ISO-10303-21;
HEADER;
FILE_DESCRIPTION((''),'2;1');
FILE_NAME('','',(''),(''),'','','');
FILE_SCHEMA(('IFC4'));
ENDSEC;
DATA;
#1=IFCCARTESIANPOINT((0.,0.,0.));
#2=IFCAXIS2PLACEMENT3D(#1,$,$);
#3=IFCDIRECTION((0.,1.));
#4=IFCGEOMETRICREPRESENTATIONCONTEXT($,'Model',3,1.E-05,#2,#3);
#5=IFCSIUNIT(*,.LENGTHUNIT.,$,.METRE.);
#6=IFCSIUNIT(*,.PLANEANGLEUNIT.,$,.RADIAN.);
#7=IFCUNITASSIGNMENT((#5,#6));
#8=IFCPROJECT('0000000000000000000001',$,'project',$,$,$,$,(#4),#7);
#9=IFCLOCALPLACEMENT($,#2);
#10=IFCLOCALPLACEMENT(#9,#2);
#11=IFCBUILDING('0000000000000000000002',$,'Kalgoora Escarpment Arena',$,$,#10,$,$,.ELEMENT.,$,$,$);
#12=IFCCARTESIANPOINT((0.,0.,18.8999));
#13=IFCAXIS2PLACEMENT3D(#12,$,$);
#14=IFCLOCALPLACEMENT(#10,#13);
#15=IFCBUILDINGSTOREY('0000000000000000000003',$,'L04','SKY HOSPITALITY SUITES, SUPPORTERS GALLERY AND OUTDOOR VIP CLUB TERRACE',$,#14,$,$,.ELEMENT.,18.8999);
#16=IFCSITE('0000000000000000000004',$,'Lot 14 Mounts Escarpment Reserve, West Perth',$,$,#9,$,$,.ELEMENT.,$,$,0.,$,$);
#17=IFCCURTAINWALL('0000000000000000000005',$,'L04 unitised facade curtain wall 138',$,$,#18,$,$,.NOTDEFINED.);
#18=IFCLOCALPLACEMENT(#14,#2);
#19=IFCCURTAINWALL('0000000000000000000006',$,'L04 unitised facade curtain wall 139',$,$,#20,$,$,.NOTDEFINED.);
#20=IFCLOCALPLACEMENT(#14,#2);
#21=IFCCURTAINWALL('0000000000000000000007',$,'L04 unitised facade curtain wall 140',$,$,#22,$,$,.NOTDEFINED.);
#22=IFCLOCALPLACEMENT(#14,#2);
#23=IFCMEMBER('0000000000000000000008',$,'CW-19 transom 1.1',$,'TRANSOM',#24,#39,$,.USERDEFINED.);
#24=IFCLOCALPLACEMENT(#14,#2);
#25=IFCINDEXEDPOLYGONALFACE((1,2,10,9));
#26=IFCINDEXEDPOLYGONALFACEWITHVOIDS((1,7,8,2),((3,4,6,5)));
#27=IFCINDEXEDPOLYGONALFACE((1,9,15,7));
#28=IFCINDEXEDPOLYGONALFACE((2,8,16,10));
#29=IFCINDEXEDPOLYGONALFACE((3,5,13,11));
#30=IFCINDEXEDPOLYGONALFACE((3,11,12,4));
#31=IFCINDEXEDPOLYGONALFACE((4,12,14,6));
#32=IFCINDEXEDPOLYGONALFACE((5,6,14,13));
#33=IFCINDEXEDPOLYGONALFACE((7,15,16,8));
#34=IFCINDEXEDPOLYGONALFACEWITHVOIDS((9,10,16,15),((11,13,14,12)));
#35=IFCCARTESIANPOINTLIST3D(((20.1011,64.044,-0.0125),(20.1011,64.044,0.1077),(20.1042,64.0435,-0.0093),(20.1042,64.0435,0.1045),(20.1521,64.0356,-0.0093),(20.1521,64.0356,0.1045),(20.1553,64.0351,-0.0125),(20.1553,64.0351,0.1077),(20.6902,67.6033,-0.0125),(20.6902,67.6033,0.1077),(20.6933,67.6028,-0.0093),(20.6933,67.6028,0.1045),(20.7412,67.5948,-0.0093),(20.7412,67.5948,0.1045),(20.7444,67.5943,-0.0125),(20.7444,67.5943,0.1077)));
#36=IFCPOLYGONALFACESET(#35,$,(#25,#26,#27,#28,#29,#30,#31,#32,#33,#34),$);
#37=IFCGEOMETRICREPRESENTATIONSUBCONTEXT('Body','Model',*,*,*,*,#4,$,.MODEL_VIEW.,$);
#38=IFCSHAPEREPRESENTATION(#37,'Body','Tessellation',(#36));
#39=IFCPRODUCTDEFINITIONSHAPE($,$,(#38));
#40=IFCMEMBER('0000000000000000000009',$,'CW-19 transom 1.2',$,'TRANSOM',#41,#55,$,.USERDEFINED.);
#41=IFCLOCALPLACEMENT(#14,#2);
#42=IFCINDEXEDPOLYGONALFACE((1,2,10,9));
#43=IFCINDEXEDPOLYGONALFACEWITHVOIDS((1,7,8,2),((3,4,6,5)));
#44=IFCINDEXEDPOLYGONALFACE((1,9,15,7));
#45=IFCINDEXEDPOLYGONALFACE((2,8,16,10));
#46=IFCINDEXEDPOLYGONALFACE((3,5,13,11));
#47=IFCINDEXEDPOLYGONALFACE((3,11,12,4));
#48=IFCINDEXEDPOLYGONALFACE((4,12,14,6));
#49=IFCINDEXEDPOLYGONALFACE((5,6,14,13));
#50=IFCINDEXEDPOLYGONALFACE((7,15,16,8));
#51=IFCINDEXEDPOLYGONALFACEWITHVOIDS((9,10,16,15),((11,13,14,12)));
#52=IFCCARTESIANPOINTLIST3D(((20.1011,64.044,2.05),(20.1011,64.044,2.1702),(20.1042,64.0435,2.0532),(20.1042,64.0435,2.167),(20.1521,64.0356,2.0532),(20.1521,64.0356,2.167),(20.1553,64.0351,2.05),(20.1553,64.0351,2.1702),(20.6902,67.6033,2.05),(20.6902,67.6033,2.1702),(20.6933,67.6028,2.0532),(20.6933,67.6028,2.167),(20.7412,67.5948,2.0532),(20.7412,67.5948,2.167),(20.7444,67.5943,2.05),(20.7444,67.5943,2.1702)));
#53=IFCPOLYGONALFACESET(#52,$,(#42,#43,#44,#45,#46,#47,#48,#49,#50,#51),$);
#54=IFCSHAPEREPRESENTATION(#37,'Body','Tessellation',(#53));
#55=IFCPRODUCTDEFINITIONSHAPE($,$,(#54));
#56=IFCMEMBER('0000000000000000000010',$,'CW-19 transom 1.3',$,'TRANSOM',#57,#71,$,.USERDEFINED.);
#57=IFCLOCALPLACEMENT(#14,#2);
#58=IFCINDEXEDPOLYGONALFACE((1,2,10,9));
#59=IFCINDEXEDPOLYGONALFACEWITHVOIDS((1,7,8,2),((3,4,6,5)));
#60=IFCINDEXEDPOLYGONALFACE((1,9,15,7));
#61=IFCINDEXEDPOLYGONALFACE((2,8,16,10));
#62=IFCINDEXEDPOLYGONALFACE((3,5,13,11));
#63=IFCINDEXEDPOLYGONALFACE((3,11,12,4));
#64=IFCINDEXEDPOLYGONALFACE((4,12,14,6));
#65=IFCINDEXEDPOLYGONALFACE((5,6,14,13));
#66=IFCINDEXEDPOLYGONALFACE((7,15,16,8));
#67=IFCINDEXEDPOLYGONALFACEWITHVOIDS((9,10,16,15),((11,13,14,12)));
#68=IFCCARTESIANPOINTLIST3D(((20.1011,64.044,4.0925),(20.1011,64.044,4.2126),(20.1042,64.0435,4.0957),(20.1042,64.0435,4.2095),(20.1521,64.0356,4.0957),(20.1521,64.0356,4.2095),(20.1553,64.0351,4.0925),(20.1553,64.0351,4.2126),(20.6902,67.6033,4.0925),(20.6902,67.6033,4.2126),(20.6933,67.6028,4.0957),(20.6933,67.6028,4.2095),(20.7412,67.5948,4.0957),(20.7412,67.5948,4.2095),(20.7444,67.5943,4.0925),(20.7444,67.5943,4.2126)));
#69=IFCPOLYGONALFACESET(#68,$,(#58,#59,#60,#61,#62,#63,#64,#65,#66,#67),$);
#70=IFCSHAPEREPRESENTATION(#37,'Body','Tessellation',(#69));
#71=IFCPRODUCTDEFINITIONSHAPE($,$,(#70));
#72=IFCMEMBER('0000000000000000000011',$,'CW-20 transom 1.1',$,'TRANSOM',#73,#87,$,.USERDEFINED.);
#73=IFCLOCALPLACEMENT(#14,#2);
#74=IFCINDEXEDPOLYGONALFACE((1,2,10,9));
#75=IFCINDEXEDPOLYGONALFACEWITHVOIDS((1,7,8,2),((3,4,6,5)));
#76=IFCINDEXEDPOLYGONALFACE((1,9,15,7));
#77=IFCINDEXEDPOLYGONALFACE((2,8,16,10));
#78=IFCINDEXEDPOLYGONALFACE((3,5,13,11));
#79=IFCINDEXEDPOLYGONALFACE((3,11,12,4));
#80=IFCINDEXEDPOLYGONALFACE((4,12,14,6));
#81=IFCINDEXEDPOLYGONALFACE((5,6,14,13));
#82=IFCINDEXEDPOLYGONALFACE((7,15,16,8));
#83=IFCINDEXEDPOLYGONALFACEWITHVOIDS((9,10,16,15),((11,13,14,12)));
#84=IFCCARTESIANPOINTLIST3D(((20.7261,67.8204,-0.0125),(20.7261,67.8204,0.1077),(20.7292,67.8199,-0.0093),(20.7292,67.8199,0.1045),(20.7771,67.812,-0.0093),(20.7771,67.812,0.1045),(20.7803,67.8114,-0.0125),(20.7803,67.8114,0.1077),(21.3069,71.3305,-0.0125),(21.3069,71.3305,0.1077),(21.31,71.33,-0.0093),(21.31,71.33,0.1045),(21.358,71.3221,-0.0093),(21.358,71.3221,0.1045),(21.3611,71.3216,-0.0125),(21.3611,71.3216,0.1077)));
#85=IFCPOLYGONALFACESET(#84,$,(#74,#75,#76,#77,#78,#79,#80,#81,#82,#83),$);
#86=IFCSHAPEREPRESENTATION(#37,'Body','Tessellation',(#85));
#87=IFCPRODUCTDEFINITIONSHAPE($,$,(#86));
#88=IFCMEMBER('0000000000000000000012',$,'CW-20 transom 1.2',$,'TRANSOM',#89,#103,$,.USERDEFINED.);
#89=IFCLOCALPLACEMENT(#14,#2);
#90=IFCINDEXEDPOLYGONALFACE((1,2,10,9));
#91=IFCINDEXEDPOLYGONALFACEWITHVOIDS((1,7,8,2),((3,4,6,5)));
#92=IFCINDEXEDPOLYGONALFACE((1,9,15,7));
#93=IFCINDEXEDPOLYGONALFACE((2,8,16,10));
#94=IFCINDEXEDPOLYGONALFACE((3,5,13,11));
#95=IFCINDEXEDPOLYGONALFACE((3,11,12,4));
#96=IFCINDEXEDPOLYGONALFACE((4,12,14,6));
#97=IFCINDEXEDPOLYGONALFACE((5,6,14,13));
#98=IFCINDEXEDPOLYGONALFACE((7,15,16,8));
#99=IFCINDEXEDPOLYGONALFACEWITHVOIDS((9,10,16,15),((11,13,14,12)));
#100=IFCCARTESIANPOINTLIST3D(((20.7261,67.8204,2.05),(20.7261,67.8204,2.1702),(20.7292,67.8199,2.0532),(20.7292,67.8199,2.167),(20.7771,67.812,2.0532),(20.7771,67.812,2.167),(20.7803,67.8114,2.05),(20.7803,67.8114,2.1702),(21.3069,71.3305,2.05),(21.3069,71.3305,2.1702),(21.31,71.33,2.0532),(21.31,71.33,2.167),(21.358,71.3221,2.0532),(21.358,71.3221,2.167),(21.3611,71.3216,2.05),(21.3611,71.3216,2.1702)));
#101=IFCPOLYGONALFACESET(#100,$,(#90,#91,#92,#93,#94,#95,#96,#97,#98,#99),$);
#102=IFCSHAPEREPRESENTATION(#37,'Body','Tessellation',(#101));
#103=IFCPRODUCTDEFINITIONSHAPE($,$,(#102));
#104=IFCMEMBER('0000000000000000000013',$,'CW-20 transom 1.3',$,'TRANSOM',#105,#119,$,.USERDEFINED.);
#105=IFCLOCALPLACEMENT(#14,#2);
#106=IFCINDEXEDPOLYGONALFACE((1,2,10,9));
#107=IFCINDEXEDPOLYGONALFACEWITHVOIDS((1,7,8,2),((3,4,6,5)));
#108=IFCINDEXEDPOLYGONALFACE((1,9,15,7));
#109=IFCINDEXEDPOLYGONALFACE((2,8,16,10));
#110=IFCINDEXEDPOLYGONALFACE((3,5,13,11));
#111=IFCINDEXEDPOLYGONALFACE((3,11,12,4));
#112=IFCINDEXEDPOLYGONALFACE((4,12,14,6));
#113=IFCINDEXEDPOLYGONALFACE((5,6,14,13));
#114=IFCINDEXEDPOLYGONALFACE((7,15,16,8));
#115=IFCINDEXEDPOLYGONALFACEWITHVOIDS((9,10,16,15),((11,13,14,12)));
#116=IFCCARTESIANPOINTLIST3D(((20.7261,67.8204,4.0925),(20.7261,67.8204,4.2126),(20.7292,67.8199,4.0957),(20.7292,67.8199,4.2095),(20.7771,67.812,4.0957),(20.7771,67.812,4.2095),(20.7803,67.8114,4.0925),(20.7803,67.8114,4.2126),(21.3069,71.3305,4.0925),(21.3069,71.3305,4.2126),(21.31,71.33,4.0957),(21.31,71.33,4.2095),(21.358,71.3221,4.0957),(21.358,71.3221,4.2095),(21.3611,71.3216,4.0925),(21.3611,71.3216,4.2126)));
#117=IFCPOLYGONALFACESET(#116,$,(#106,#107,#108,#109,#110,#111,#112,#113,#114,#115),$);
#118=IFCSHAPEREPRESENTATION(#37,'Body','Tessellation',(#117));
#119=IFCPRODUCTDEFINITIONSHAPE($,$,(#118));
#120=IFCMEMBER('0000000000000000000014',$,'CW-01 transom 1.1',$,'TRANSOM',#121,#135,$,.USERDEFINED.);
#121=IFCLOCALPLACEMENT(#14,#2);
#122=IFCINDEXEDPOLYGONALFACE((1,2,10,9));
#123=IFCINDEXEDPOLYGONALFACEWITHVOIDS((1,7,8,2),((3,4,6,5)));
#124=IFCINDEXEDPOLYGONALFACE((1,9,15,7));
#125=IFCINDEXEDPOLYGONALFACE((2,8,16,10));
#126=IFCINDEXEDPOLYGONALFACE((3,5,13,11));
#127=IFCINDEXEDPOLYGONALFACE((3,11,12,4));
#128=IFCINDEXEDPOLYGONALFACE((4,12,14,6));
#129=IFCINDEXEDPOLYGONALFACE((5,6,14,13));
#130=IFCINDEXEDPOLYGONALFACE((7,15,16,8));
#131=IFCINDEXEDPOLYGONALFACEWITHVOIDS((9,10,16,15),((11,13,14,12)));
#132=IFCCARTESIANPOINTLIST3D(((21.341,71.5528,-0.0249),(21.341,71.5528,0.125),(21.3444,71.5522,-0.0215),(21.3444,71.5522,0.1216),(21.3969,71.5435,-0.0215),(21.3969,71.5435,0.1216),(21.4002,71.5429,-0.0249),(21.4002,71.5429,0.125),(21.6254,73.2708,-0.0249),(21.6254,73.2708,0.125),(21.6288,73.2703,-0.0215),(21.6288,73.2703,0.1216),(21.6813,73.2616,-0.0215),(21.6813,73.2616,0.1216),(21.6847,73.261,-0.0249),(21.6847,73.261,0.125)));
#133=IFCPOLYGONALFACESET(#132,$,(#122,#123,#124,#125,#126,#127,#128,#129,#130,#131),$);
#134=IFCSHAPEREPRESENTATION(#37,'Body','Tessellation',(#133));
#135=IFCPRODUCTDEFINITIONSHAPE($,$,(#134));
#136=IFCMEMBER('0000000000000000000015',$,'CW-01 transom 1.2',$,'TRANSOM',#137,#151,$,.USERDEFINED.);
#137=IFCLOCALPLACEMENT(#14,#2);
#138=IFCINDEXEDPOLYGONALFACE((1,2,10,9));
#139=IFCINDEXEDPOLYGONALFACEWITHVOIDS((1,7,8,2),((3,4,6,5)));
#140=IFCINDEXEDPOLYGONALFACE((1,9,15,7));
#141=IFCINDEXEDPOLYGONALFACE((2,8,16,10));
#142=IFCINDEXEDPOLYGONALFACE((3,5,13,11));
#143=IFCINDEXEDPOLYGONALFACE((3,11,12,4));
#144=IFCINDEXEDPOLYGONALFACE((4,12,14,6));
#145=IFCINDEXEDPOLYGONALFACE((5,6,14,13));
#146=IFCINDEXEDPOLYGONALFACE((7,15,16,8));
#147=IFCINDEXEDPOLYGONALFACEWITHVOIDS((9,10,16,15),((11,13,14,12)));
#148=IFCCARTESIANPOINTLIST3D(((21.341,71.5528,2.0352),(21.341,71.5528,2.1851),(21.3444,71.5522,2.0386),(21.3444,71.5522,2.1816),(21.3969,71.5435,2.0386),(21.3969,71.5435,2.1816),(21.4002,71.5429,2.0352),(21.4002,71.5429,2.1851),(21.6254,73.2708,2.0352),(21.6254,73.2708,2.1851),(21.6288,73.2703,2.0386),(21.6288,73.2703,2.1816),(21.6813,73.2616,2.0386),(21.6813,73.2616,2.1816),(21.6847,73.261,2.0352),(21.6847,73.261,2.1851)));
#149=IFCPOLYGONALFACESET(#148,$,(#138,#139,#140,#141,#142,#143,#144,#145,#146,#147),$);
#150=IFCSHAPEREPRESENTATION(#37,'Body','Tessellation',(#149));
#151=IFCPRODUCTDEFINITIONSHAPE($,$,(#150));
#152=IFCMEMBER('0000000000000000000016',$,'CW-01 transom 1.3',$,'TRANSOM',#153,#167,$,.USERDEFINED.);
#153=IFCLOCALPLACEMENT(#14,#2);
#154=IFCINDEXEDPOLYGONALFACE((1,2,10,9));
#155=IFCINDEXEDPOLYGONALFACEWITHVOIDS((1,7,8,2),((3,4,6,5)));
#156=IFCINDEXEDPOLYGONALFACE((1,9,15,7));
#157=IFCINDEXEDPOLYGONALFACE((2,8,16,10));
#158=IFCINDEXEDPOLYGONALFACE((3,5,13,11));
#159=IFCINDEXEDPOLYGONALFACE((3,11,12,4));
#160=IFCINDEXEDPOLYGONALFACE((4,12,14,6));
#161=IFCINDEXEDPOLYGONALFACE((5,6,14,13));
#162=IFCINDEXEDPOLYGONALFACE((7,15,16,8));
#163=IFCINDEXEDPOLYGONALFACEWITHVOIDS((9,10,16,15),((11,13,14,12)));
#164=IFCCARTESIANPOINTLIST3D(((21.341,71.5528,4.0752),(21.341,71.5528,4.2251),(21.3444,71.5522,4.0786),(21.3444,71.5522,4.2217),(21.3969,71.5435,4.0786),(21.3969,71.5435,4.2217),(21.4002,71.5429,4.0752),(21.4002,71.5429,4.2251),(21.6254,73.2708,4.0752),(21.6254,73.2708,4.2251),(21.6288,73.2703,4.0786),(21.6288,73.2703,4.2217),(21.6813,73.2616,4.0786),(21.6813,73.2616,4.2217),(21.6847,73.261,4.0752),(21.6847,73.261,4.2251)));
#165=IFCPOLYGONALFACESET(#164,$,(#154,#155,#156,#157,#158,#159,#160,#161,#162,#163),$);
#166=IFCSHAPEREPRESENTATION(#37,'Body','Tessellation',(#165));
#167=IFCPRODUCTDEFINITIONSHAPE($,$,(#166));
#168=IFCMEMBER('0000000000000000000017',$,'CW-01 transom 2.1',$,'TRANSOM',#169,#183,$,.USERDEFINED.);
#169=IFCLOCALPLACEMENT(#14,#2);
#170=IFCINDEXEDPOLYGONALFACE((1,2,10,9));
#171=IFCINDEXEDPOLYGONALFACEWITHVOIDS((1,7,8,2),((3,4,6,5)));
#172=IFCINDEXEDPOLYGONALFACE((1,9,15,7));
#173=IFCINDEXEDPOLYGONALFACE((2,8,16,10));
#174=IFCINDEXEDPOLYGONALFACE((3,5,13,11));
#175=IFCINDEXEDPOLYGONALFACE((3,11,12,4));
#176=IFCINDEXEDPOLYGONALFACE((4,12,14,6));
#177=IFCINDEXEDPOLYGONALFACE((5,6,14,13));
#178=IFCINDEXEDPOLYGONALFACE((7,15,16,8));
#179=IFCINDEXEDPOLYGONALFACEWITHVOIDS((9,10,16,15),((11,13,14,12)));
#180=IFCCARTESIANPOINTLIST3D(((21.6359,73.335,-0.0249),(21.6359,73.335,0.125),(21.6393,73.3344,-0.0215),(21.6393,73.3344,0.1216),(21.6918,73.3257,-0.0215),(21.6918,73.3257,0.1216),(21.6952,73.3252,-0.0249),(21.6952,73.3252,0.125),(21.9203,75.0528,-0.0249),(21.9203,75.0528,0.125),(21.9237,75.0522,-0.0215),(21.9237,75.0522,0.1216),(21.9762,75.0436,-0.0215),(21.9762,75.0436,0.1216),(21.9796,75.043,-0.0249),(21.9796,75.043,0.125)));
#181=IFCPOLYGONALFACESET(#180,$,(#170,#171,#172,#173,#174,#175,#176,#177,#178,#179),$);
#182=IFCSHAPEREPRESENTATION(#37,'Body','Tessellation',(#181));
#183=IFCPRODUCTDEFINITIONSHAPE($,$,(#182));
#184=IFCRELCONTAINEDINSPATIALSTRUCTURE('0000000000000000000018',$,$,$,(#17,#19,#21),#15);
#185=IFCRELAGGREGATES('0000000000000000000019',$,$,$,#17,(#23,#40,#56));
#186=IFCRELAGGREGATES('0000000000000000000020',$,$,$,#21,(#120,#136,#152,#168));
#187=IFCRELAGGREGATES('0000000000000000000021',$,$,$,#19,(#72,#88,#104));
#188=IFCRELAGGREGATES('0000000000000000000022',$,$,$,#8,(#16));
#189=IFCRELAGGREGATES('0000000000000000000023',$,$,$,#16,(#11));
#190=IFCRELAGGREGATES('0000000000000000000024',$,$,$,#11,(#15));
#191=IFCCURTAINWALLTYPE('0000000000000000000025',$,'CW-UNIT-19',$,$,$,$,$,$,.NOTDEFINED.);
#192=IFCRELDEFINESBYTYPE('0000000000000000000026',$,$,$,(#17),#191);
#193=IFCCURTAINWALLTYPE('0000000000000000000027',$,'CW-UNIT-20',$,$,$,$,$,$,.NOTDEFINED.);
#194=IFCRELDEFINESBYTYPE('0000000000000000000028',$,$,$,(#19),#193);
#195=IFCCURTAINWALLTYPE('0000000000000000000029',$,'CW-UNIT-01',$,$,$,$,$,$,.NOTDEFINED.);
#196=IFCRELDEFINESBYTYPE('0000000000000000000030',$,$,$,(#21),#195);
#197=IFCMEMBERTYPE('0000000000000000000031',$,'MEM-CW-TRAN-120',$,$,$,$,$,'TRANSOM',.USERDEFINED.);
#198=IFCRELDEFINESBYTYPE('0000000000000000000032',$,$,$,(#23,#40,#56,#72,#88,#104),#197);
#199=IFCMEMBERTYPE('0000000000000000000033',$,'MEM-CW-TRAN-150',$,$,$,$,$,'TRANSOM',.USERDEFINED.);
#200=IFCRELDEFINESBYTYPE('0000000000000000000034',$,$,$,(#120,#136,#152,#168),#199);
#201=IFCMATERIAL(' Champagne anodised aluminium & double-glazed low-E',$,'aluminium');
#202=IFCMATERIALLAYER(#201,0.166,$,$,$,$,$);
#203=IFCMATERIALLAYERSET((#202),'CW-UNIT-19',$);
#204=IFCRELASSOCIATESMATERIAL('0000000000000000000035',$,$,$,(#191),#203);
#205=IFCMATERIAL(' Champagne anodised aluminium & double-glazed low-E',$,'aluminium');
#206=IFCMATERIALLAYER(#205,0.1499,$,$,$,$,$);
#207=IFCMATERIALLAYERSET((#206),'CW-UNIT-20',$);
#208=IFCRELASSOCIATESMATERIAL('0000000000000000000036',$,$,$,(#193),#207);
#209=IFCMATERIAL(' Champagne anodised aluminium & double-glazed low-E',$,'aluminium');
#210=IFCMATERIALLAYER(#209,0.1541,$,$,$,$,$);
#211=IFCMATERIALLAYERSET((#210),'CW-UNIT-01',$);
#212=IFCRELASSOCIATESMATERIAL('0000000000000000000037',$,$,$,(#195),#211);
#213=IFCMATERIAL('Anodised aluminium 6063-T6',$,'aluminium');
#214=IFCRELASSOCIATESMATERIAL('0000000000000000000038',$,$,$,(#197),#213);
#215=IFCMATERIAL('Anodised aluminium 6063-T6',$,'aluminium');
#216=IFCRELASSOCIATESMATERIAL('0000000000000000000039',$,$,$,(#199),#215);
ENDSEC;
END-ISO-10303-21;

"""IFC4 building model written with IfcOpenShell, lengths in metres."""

from ifc_helpers import new_model, si_unit, direction, frame, origin, origin_2d, place, context, subcontext, project, spatial, hollow_rectangle, extrude, material, layer, layer_set, material_profile, profile_set, type_object, element, aggregate, save


model = new_model("IFC4")

# Units and contexts
model_context = context("Model", 3, precision=1e-05, world=origin(), true_north=direction((0.0, 1.0)))
body_context = subcontext(model_context, "Body", "Model", "MODEL_VIEW")
ifc_project = project(units=[si_unit("LENGTHUNIT", "METRE"), si_unit("PLANEANGLEUNIT", "RADIAN")], contexts=[model_context])

# Site, building, storey
site_placement = place(None, origin())
site = spatial("IfcSite", under=ifc_project, at=site_placement, Name="Lot 14 Mounts Escarpment Reserve, West Perth", CompositionType="ELEMENT", RefElevation=0.0)
building_placement = place(site_placement, origin())
building = spatial("IfcBuilding", under=site, at=building_placement, Name="Kalgoora Escarpment Arena", CompositionType="ELEMENT")
storey_placement = place(building_placement, frame((0.0, 0.0, 18.8999)))
storey = spatial("IfcBuildingStorey", under=building, at=storey_placement, Name="L04", Description="SKY HOSPITALITY SUITES, SUPPORTERS GALLERY AND OUTDOOR VIP CLUB TERRACE", CompositionType="ELEMENT", Elevation=18.8999)

# Curtain walls
ifc_material_1 = material(Name=" Champagne anodised aluminium & double-glazed low-E", Category="aluminium")
ifc_layer_1 = layer(ifc_material_1, 0.166)
ifc_layer_set_1 = layer_set([ifc_layer_1], Name="CW-UNIT-19")
curtain_wall_type_1 = type_object("IfcCurtainWallType", Name="CW-UNIT-19", PredefinedType="NOTDEFINED", material=ifc_layer_set_1)
curtain_wall_1_placement = place(storey_placement, origin())
curtain_wall_1 = element("IfcCurtainWall", 1, at=curtain_wall_1_placement, inside=storey, type_object=curtain_wall_type_1, Name="L04 unitised facade curtain wall 138", PredefinedType="NOTDEFINED")
ifc_material_2 = material(Name=" Champagne anodised aluminium & double-glazed low-E", Category="aluminium")
ifc_layer_2 = layer(ifc_material_2, 0.1499)
ifc_layer_set_2 = layer_set([ifc_layer_2], Name="CW-UNIT-20")
curtain_wall_type_2 = type_object("IfcCurtainWallType", Name="CW-UNIT-20", PredefinedType="NOTDEFINED", material=ifc_layer_set_2)
curtain_wall_2_placement = place(storey_placement, origin())
curtain_wall_2 = element("IfcCurtainWall", 2, at=curtain_wall_2_placement, inside=storey, type_object=curtain_wall_type_2, Name="L04 unitised facade curtain wall 139", PredefinedType="NOTDEFINED")
ifc_material_3 = material(Name=" Champagne anodised aluminium & double-glazed low-E", Category="aluminium")
ifc_layer_3 = layer(ifc_material_3, 0.1541)
ifc_layer_set_3 = layer_set([ifc_layer_3], Name="CW-UNIT-01")
curtain_wall_type_3 = type_object("IfcCurtainWallType", Name="CW-UNIT-01", PredefinedType="NOTDEFINED", material=ifc_layer_set_3)
curtain_wall_3_placement = place(storey_placement, origin())
curtain_wall_3 = element("IfcCurtainWall", 3, at=curtain_wall_3_placement, inside=storey, type_object=curtain_wall_type_3, Name="L04 unitised facade curtain wall 140", PredefinedType="NOTDEFINED")

# Members
ifc_material_4 = material(Name="Anodised aluminium 6063-T6", Category="aluminium")
ifc_material_profile_1 = material_profile(ifc_material_4, hollow_rectangle(XDim=0.0549, YDim=0.1201, WallThickness=0.0032, at=origin_2d()))
ifc_profile_set_1 = profile_set([ifc_material_profile_1], Name="Anodised aluminium 6063-T6")
member_type_1 = type_object("IfcMemberType", Name="MEM-CW-TRAN-120", ElementType="TRANSOM", PredefinedType="USERDEFINED", material=ifc_profile_set_1)
member_1_placement = place(storey_placement, frame((20.1282, 64.0396, 0.0476), z_axis=(0.163291, 0.986578, 0.0), x_axis=(-0.986578, 0.163291, 0.0)))
member_1 = element("IfcMember", 4, at=member_1_placement, type_object=member_type_1, Name="CW-19 transom 1.1", ObjectType="TRANSOM", PredefinedType="USERDEFINED", context=body_context, shape_type="SweptSolid", body=[
    extrude(hollow_rectangle(XDim=0.0549, YDim=0.1201, WallThickness=0.0032, at=origin_2d()), origin(), (0.0, 0.0, 1.0), 3.6077),
])
member_2_placement = place(storey_placement, frame((20.1282, 64.0396, 2.1101), z_axis=(0.163291, 0.986578, 0.0), x_axis=(-0.986578, 0.163291, 0.0)))
member_2 = element("IfcMember", 5, at=member_2_placement, type_object=member_type_1, Name="CW-19 transom 1.2", ObjectType="TRANSOM", PredefinedType="USERDEFINED", context=body_context, shape_type="SweptSolid", body=[
    extrude(hollow_rectangle(XDim=0.0549, YDim=0.1201, WallThickness=0.0032, at=origin_2d()), origin(), (0.0, 0.0, 1.0), 3.6077),
])
member_3_placement = place(storey_placement, frame((20.1282, 64.0396, 4.1526), z_axis=(0.163291, 0.986578, 0.0), x_axis=(-0.986578, 0.163291, 0.0)))
member_3 = element("IfcMember", 6, at=member_3_placement, type_object=member_type_1, Name="CW-19 transom 1.3", ObjectType="TRANSOM", PredefinedType="USERDEFINED", context=body_context, shape_type="SweptSolid", body=[
    extrude(hollow_rectangle(XDim=0.0549, YDim=0.1201, WallThickness=0.0032, at=origin_2d()), origin(), (0.0, 0.0, 1.0), 3.6077),
])
member_4_placement = place(storey_placement, frame((20.7532, 67.8159, 0.0476), z_axis=(0.163253, 0.986584, 0.0), x_axis=(-0.986584, 0.163253, 0.0)))
member_4 = element("IfcMember", 7, at=member_4_placement, type_object=member_type_1, Name="CW-20 transom 1.1", ObjectType="TRANSOM", PredefinedType="USERDEFINED", context=body_context, shape_type="SweptSolid", body=[
    extrude(hollow_rectangle(XDim=0.0549, YDim=0.1201, WallThickness=0.0032, at=origin_2d()), origin(), (0.0, 0.0, 1.0), 3.5579),
])
member_5_placement = place(storey_placement, frame((20.7532, 67.8159, 2.1101), z_axis=(0.163253, 0.986584, 0.0), x_axis=(-0.986584, 0.163253, 0.0)))
member_5 = element("IfcMember", 8, at=member_5_placement, type_object=member_type_1, Name="CW-20 transom 1.2", ObjectType="TRANSOM", PredefinedType="USERDEFINED", context=body_context, shape_type="SweptSolid", body=[
    extrude(hollow_rectangle(XDim=0.0549, YDim=0.1201, WallThickness=0.0032, at=origin_2d()), origin(), (0.0, 0.0, 1.0), 3.5579),
])
member_6_placement = place(storey_placement, frame((20.7532, 67.8159, 4.1526), z_axis=(0.163253, 0.986584, 0.0), x_axis=(-0.986584, 0.163253, 0.0)))
member_6 = element("IfcMember", 9, at=member_6_placement, type_object=member_type_1, Name="CW-20 transom 1.3", ObjectType="TRANSOM", PredefinedType="USERDEFINED", context=body_context, shape_type="SweptSolid", body=[
    extrude(hollow_rectangle(XDim=0.0549, YDim=0.1201, WallThickness=0.0032, at=origin_2d()), origin(), (0.0, 0.0, 1.0), 3.5579),
])
ifc_material_5 = material(Name="Anodised aluminium 6063-T6", Category="aluminium")
ifc_material_profile_2 = material_profile(ifc_material_5, hollow_rectangle(XDim=0.0601, YDim=0.1499, WallThickness=0.0034, at=origin_2d()))
ifc_profile_set_2 = profile_set([ifc_material_profile_2], Name="Anodised aluminium 6063-T6")
member_type_2 = type_object("IfcMemberType", Name="MEM-CW-TRAN-150", ElementType="TRANSOM", PredefinedType="USERDEFINED", material=ifc_profile_set_2)
member_7_placement = place(storey_placement, frame((21.3706, 71.5479, 0.05), z_axis=(0.16333, 0.986571, 0.0), x_axis=(-0.986571, 0.16333, 0.0)))
member_7 = element("IfcMember", 10, at=member_7_placement, type_object=member_type_2, Name="CW-01 transom 1.1", ObjectType="TRANSOM", PredefinedType="USERDEFINED", context=body_context, shape_type="SweptSolid", body=[
    extrude(hollow_rectangle(XDim=0.0601, YDim=0.1499, WallThickness=0.0034, at=origin_2d()), origin(), (0.0, 0.0, 1.0), 1.7415),
])
member_8_placement = place(storey_placement, frame((21.3706, 71.5479, 2.1101), z_axis=(0.16333, 0.986571, 0.0), x_axis=(-0.986571, 0.16333, 0.0)))
member_8 = element("IfcMember", 11, at=member_8_placement, type_object=member_type_2, Name="CW-01 transom 1.2", ObjectType="TRANSOM", PredefinedType="USERDEFINED", context=body_context, shape_type="SweptSolid", body=[
    extrude(hollow_rectangle(XDim=0.0601, YDim=0.1499, WallThickness=0.0034, at=origin_2d()), origin(), (0.0, 0.0, 1.0), 1.7415),
])
member_9_placement = place(storey_placement, frame((21.3706, 71.5479, 4.1501), z_axis=(0.16333, 0.986571, 0.0), x_axis=(-0.986571, 0.16333, 0.0)))
member_9 = element("IfcMember", 12, at=member_9_placement, type_object=member_type_2, Name="CW-01 transom 1.3", ObjectType="TRANSOM", PredefinedType="USERDEFINED", context=body_context, shape_type="SweptSolid", body=[
    extrude(hollow_rectangle(XDim=0.0601, YDim=0.1499, WallThickness=0.0034, at=origin_2d()), origin(), (0.0, 0.0, 1.0), 1.7415),
])
member_10_placement = place(storey_placement, frame((21.6655, 73.3301, 0.05), z_axis=(0.163353, 0.986568, 0.0), x_axis=(-0.986568, 0.163353, 0.0)))
member_10 = element("IfcMember", 13, at=member_10_placement, type_object=member_type_2, Name="CW-01 transom 2.1", ObjectType="TRANSOM", PredefinedType="USERDEFINED", context=body_context, shape_type="SweptSolid", body=[
    extrude(hollow_rectangle(XDim=0.0601, YDim=0.1499, WallThickness=0.0034, at=origin_2d()), origin(), (0.0, 0.0, 1.0), 1.7412),
])

aggregate(curtain_wall_1, [member_1, member_2, member_3])
aggregate(curtain_wall_3, [member_7, member_8, member_9, member_10])
aggregate(curtain_wall_2, [member_4, member_5, member_6])

save(model, "model.ifc")
